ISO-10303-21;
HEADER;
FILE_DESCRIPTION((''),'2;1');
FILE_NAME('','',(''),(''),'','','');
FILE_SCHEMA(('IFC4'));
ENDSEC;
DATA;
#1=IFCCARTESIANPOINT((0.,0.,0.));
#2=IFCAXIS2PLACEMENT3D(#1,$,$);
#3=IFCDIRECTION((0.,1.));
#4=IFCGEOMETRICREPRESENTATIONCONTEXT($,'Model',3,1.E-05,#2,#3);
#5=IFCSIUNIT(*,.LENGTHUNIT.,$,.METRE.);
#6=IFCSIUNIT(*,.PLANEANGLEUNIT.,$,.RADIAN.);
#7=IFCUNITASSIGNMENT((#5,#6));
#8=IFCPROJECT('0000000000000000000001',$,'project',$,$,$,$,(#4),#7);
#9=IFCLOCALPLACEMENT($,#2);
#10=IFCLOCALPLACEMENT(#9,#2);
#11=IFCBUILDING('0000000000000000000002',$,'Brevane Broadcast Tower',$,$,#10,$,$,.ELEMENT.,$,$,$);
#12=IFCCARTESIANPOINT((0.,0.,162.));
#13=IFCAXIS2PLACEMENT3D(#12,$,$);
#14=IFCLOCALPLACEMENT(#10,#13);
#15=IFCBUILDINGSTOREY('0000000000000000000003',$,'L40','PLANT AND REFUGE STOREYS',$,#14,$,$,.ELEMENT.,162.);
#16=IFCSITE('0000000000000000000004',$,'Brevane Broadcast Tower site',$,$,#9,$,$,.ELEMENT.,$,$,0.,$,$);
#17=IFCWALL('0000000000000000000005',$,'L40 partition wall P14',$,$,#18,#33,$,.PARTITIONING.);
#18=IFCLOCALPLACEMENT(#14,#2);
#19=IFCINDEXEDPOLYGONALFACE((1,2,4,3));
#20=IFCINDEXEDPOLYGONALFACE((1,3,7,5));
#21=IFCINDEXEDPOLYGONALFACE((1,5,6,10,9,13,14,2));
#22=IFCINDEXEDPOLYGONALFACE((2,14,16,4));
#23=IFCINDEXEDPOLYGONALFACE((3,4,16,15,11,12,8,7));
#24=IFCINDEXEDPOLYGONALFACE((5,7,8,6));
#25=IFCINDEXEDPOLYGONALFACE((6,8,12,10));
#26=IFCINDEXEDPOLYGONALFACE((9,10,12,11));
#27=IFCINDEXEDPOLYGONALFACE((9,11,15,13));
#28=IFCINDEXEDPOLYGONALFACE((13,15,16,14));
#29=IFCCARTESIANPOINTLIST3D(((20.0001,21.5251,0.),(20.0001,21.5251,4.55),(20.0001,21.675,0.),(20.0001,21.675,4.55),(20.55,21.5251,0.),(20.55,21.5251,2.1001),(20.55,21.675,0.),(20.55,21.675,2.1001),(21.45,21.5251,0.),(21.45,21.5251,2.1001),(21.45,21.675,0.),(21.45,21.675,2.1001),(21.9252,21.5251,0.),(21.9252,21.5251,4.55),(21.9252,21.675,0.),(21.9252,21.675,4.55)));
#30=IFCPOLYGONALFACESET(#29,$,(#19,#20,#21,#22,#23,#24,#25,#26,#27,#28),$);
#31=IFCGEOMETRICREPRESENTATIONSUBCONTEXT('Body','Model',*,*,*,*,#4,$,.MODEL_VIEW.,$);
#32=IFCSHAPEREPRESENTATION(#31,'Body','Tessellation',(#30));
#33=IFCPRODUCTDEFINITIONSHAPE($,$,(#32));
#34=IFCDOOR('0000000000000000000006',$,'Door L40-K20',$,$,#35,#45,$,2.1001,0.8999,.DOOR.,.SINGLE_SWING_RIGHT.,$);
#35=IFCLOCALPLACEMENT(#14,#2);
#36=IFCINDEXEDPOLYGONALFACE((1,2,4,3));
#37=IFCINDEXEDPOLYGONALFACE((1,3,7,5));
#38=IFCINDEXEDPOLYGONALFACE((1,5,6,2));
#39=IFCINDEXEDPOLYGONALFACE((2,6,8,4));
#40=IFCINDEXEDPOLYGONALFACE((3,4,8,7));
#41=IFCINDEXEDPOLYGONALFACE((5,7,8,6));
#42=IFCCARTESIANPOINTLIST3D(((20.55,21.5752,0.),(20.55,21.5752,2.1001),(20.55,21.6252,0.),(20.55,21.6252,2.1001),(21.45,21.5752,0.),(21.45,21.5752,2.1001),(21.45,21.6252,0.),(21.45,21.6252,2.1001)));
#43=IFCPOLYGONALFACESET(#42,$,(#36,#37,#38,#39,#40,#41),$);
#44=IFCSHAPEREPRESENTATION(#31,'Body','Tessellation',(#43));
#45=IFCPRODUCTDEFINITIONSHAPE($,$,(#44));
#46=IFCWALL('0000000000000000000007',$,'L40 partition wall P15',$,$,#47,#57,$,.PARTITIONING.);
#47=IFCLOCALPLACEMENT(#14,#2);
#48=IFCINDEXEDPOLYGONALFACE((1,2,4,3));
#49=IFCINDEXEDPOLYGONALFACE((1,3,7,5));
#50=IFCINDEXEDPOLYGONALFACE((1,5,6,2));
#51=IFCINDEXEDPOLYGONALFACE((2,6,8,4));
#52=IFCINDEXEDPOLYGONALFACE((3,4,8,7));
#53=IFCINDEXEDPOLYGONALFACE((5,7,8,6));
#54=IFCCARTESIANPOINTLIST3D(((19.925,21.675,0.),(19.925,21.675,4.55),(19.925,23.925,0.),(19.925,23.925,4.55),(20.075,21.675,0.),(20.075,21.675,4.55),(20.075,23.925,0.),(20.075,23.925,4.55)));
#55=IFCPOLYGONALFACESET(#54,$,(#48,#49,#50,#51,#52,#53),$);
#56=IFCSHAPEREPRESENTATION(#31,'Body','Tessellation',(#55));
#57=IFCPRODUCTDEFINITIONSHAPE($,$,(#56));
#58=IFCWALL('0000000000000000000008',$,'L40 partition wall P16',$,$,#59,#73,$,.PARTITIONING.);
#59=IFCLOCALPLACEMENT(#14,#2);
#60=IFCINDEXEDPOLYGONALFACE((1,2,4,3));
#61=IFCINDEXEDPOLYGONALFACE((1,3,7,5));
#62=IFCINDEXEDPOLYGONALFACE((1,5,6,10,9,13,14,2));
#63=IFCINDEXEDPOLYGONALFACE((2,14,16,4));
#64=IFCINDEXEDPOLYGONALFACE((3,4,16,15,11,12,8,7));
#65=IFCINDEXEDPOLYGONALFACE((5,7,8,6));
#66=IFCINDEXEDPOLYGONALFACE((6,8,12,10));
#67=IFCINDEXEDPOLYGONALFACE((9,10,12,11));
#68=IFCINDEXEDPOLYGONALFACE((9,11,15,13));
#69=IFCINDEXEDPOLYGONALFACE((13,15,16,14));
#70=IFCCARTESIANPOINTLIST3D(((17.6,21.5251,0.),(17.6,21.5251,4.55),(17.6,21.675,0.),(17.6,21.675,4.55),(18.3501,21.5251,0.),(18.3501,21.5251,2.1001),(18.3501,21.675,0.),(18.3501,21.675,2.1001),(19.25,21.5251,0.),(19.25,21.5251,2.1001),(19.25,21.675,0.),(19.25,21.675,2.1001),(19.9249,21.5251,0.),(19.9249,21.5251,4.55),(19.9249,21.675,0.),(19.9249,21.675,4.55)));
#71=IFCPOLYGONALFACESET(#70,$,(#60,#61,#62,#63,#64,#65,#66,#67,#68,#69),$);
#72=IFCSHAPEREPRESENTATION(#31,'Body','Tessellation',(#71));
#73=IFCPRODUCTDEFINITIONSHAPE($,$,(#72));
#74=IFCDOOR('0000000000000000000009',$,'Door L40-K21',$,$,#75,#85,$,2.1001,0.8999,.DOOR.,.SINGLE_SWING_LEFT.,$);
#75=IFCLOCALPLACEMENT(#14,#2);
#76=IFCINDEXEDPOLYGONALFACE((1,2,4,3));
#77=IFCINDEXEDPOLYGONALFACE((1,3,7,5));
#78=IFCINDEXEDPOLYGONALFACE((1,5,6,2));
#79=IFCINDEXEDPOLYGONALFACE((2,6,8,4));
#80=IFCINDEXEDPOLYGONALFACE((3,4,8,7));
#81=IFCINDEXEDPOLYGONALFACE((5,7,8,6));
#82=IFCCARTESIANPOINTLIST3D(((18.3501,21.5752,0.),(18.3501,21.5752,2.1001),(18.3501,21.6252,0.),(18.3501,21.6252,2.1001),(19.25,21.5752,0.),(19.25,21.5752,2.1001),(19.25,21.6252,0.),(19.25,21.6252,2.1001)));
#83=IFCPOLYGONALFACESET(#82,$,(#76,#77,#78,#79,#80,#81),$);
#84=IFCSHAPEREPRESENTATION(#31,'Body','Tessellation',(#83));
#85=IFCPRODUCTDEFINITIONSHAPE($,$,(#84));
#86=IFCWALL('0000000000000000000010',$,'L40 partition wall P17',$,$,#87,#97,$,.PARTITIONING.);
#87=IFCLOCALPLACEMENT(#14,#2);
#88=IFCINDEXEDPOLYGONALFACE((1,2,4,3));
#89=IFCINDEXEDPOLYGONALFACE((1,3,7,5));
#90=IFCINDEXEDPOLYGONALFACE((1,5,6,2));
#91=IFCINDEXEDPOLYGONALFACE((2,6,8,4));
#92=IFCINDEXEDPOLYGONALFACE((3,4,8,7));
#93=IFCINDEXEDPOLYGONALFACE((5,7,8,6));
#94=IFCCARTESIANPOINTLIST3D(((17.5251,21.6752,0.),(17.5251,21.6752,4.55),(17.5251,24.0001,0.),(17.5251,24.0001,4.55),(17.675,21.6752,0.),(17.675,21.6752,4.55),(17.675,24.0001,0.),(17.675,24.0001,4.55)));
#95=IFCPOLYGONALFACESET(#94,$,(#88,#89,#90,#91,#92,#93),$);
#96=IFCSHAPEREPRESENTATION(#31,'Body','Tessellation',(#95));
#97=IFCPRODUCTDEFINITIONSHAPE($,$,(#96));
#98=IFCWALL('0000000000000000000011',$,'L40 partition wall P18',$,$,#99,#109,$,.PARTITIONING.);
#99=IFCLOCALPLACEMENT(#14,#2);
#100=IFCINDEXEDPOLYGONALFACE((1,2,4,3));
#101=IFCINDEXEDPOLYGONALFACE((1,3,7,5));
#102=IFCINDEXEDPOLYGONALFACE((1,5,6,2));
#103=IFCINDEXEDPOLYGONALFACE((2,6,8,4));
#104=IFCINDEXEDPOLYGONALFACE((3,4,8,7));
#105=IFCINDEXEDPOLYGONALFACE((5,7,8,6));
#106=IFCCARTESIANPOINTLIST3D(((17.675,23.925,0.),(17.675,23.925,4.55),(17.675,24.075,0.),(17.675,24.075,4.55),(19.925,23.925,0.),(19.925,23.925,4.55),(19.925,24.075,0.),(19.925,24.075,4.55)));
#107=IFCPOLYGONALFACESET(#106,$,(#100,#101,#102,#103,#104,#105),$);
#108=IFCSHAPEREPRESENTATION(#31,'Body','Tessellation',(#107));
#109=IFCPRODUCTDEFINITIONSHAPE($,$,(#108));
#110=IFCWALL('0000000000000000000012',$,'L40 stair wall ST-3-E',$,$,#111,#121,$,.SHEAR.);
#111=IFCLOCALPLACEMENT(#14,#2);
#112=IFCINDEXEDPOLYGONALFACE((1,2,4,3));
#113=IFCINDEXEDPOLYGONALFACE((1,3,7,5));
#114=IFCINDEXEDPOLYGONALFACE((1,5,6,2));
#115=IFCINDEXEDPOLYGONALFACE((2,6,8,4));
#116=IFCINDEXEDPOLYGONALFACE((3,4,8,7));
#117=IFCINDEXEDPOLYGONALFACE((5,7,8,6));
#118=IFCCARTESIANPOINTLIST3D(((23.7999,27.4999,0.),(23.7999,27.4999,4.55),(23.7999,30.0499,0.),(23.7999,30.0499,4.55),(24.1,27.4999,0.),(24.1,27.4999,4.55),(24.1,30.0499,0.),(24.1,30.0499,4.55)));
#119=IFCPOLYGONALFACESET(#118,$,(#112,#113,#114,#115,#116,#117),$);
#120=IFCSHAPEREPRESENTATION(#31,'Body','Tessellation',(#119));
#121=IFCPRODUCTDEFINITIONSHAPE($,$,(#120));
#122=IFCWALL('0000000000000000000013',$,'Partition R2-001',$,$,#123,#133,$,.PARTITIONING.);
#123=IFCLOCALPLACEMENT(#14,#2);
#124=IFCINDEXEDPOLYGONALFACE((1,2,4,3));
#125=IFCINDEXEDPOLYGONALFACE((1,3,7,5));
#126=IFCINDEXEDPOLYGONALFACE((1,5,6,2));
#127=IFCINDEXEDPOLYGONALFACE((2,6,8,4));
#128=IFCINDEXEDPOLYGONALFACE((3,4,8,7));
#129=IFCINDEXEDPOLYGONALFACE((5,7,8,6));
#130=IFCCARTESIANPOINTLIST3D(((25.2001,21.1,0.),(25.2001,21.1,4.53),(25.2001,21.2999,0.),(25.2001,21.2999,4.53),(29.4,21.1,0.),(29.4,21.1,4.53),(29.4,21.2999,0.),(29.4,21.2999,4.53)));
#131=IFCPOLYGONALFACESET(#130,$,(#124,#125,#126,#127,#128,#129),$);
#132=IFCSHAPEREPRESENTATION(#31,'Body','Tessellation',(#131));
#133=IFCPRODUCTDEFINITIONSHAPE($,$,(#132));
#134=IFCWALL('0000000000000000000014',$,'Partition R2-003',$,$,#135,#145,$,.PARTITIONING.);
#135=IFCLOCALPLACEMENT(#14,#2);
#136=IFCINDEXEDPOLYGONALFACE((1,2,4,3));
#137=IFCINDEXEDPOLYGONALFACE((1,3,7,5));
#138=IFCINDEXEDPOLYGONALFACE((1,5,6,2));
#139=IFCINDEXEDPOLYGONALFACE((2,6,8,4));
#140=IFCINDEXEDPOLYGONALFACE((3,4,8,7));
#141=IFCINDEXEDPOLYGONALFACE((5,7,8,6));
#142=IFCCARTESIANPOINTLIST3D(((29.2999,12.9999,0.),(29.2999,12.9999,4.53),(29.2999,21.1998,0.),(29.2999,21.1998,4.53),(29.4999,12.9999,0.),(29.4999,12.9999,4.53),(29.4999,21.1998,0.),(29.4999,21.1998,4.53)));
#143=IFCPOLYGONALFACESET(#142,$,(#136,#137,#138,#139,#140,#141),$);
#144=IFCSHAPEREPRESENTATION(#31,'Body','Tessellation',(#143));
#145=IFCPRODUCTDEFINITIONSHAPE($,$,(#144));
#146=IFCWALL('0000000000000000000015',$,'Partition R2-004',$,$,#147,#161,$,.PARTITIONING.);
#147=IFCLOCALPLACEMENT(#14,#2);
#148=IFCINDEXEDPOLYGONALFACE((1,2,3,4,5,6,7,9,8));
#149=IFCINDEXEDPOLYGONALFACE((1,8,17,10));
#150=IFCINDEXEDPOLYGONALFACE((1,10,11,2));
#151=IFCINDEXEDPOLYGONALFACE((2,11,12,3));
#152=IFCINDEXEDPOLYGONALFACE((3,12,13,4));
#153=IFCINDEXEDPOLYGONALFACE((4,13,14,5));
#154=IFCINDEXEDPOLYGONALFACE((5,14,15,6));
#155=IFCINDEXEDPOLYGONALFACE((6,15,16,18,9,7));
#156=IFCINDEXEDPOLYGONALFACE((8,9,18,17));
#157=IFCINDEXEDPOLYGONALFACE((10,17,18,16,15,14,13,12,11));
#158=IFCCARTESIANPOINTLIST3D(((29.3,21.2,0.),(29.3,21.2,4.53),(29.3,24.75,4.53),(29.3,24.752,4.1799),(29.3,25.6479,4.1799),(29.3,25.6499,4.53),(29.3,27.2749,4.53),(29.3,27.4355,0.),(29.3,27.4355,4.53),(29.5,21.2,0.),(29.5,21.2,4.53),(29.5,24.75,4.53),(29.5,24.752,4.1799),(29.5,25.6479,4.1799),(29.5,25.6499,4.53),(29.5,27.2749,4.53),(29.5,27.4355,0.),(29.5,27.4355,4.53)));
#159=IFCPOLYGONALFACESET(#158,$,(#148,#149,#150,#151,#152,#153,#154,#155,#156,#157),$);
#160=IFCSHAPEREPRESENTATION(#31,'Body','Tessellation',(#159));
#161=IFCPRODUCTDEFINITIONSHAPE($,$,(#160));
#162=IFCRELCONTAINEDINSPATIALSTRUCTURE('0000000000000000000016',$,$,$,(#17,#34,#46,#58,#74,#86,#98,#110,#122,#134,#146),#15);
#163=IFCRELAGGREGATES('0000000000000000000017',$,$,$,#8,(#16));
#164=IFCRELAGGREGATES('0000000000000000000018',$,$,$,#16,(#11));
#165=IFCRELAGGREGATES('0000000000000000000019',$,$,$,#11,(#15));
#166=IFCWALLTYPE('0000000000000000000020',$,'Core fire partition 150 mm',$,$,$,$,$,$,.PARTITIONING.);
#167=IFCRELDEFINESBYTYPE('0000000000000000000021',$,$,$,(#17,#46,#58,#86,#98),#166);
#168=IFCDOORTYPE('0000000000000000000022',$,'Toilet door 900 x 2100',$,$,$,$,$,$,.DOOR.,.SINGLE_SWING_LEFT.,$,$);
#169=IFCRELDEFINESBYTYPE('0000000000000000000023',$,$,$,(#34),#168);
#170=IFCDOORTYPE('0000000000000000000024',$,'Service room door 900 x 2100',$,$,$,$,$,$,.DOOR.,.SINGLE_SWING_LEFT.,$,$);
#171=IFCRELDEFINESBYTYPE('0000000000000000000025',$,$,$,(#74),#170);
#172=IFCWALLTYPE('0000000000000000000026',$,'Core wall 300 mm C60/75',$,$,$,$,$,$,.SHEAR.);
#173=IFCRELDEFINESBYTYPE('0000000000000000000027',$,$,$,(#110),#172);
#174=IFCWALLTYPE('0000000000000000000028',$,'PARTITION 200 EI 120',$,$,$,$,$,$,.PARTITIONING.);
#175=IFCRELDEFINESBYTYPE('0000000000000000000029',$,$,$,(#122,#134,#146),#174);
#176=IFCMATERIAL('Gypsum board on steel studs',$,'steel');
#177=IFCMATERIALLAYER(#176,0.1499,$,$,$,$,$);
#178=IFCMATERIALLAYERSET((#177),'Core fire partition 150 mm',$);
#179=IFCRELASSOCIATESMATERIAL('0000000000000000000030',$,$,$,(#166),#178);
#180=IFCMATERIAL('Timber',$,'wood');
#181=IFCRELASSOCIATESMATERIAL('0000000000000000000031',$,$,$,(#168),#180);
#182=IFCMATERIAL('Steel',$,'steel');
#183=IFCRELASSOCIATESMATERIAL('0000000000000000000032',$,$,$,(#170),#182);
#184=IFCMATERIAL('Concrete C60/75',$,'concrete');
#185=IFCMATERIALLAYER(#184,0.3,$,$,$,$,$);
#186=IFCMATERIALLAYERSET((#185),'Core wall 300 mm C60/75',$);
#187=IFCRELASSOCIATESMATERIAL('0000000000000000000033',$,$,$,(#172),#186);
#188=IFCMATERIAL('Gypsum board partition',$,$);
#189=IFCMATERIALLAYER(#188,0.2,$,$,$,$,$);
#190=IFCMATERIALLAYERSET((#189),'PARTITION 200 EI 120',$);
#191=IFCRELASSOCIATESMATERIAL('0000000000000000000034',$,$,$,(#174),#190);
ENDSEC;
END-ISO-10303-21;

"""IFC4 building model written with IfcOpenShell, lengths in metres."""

from ifc_helpers import new_model, si_unit, direction, frame, frame_2d, origin, place, context, subcontext, project, spatial, polyline, rectangle, outline, extrude, material, layer, layer_set, type_object, element, fill, save


model = new_model("IFC4")

# Units and contexts
model_context = context("Model", 3, precision=1e-05, world=origin(), true_north=direction((0.0, 1.0)))
body_context = subcontext(model_context, "Body", "Model", "MODEL_VIEW")
ifc_project = project(units=[si_unit("LENGTHUNIT", "METRE"), si_unit("PLANEANGLEUNIT", "RADIAN")], contexts=[model_context])

# Site, building, storey
site_placement = place(None, origin())
site = spatial("IfcSite", under=ifc_project, at=site_placement, Name="Brevane Broadcast Tower site", CompositionType="ELEMENT", RefElevation=0.0)
building_placement = place(site_placement, origin())
building = spatial("IfcBuilding", under=site, at=building_placement, Name="Brevane Broadcast Tower", CompositionType="ELEMENT")
storey_placement = place(building_placement, frame((0.0, 0.0, 162.0)))
storey = spatial("IfcBuildingStorey", under=building, at=storey_placement, Name="L40", Description="PLANT AND REFUGE STOREYS", CompositionType="ELEMENT", Elevation=162.0)

# Shared definitions
ifc_material_1 = material(Name="Concrete C60/75", Category="concrete")

# Shared definitions
ifc_material_2 = material(Name="Gypsum board on steel studs", Category="steel")
ifc_layer_1 = layer(ifc_material_2, 0.1499)
ifc_layer_set_1 = layer_set([ifc_layer_1], Name="Core fire partition 150 mm")
wall_type_1 = type_object("IfcWallType", Name="Core fire partition 150 mm", PredefinedType="PARTITIONING", material=ifc_layer_set_1)

# Wall, opening, door
wall_1_placement = place(storey_placement, frame((21.925, 21.6001, 0.0), z_axis=(0.0, 0.0, 1.0), x_axis=(-1.0, 0.0, 0.0)))
wall_1 = element("IfcWall", 1, at=wall_1_placement, inside=storey, type_object=wall_type_1, Name="L40 partition wall P14", PredefinedType="PARTITIONING", context=body_context, shape_type="SweptSolid", body=[
    extrude(rectangle(XDim=1.925, YDim=0.1499, at=frame_2d((0.9624, 0.0))), origin(), (0.0, 0.0, 1.0), 4.55),
])
opening_1_placement = place(wall_1_placement, frame((0.4751, 0.0, 0.0)))
opening_1 = element("IfcOpeningElement", 2, at=opening_1_placement, cuts=wall_1, PredefinedType="OPENING", context=body_context, shape_type="SweptSolid", body=[
    extrude(rectangle(XDim=0.8999, YDim=2.1001, at=frame_2d((0.45, 1.05))), frame((0.0, 0.085, 0.0), z_axis=(0.0, -1.0, 0.0), x_axis=(1.0, 0.0, 0.0)), (0.0, 0.0, 1.0), 0.1699),
])
ifc_material_3 = material(Name="Timber", Category="wood")
door_type_1 = type_object("IfcDoorType", Name="Toilet door 900 x 2100", OperationType="SINGLE_SWING_LEFT", PredefinedType="DOOR", material=ifc_material_3)
door_1_placement = place(opening_1_placement, origin())
door_1 = element("IfcDoor", 3, at=door_1_placement, inside=storey, type_object=door_type_1, Name="Door L40-K20", OperationType="SINGLE_SWING_RIGHT", OverallHeight=2.1001, OverallWidth=0.8999, PredefinedType="DOOR", context=body_context, shape_type="SweptSolid", body=[
    extrude(rectangle(XDim=0.8999, YDim=2.1001, at=frame_2d((0.45, 1.05))), frame((0.0, 0.0249, 0.0), z_axis=(0.0, -1.0, 0.0), x_axis=(1.0, 0.0, 0.0)), (0.0, 0.0, 1.0), 0.05),
])
fill(opening_1, door_1)

# Wall
wall_2_placement = place(storey_placement, frame((20.0, 21.675, 0.0), z_axis=(0.0, 0.0, 1.0), x_axis=(0.0, 1.0, 0.0)))
element("IfcWall", 4, at=wall_2_placement, inside=storey, type_object=wall_type_1, Name="L40 partition wall P15", PredefinedType="PARTITIONING", context=body_context, shape_type="SweptSolid", body=[
    extrude(rectangle(XDim=2.25, YDim=0.1499, at=frame_2d((1.125, 0.0))), origin(), (0.0, 0.0, 1.0), 4.55),
])

# Wall, opening, door
wall_3_placement = place(storey_placement, frame((19.925, 21.6001, 0.0), z_axis=(0.0, 0.0, 1.0), x_axis=(-1.0, 0.0, 0.0)))
wall_3 = element("IfcWall", 5, at=wall_3_placement, inside=storey, type_object=wall_type_1, Name="L40 partition wall P16", PredefinedType="PARTITIONING", context=body_context, shape_type="SweptSolid", body=[
    extrude(rectangle(XDim=2.325, YDim=0.1499, at=frame_2d((1.1626, 0.0))), origin(), (0.0, 0.0, 1.0), 4.55),
])
opening_2_placement = place(wall_3_placement, frame((0.675, 0.0, 0.0)))
opening_2 = element("IfcOpeningElement", 6, at=opening_2_placement, cuts=wall_3, PredefinedType="OPENING", context=body_context, shape_type="SweptSolid", body=[
    extrude(rectangle(XDim=0.8999, YDim=2.1001, at=frame_2d((0.45, 1.05))), frame((0.0, 0.085, 0.0), z_axis=(0.0, -1.0, 0.0), x_axis=(1.0, 0.0, 0.0)), (0.0, 0.0, 1.0), 0.1699),
])
ifc_material_4 = material(Name="Steel", Category="steel")
door_type_2 = type_object("IfcDoorType", Name="Service room door 900 x 2100", OperationType="SINGLE_SWING_LEFT", PredefinedType="DOOR", material=ifc_material_4)
door_2_placement = place(opening_2_placement, origin())
door_2 = element("IfcDoor", 7, at=door_2_placement, inside=storey, type_object=door_type_2, Name="Door L40-K21", OperationType="SINGLE_SWING_LEFT", OverallHeight=2.1001, OverallWidth=0.8999, PredefinedType="DOOR", context=body_context, shape_type="SweptSolid", body=[
    extrude(rectangle(XDim=0.8999, YDim=2.1001, at=frame_2d((0.45, 1.05))), frame((0.0, 0.0249, 0.0), z_axis=(0.0, -1.0, 0.0), x_axis=(1.0, 0.0, 0.0)), (0.0, 0.0, 1.0), 0.05),
])
fill(opening_2, door_2)

# Walls
wall_4_placement = place(storey_placement, frame((17.6001, 21.675, 0.0), z_axis=(0.0, 0.0, 1.0), x_axis=(0.0, 1.0, 0.0)))
element("IfcWall", 8, at=wall_4_placement, inside=storey, type_object=wall_type_1, Name="L40 partition wall P17", PredefinedType="PARTITIONING", context=body_context, shape_type="SweptSolid", body=[
    extrude(rectangle(XDim=2.325, YDim=0.1499, at=frame_2d((1.1626, 0.0))), origin(), (0.0, 0.0, 1.0), 4.55),
])
wall_5_placement = place(storey_placement, frame((17.675, 24.0, 0.0), z_axis=(0.0, 0.0, 1.0), x_axis=(1.0, 0.0, 0.0)))
element("IfcWall", 9, at=wall_5_placement, inside=storey, type_object=wall_type_1, Name="L40 partition wall P18", PredefinedType="PARTITIONING", context=body_context, shape_type="SweptSolid", body=[
    extrude(rectangle(XDim=2.25, YDim=0.1499, at=frame_2d((1.125, 0.0))), origin(), (0.0, 0.0, 1.0), 4.55),
])
ifc_layer_2 = layer(ifc_material_1, 0.3)
ifc_layer_set_2 = layer_set([ifc_layer_2], Name="Core wall 300 mm C60/75")
wall_type_2 = type_object("IfcWallType", Name="Core wall 300 mm C60/75", PredefinedType="SHEAR", material=ifc_layer_set_2)
wall_6_placement = place(storey_placement, frame((23.95, 27.5, 0.0), z_axis=(0.0, 0.0, 1.0), x_axis=(0.0, 1.0, 0.0)))
element("IfcWall", 10, at=wall_6_placement, inside=storey, type_object=wall_type_2, Name="L40 stair wall ST-3-E", PredefinedType="SHEAR", context=body_context, shape_type="SweptSolid", body=[
    extrude(rectangle(XDim=2.55, YDim=0.3, at=frame_2d((1.2749, 0.0))), origin(), (0.0, 0.0, 1.0), 4.55),
])
ifc_material_5 = material(Name="Gypsum board partition")
ifc_layer_3 = layer(ifc_material_5, 0.2)
ifc_layer_set_3 = layer_set([ifc_layer_3], Name="PARTITION 200 EI 120")
wall_type_3 = type_object("IfcWallType", Name="PARTITION 200 EI 120", PredefinedType="PARTITIONING", material=ifc_layer_set_3)
wall_7_placement = place(storey_placement, frame((25.2, 21.2, 0.0), z_axis=(0.0, 0.0, 1.0), x_axis=(1.0, 0.0, 0.0)))
element("IfcWall", 11, at=wall_7_placement, inside=storey, type_object=wall_type_3, Name="Partition R2-001", PredefinedType="PARTITIONING", context=body_context, shape_type="SweptSolid", body=[
    extrude(rectangle(XDim=4.2, YDim=0.2, at=frame_2d((2.1001, 0.0))), origin(), (0.0, 0.0, 1.0), 4.53),
])
wall_8_placement = place(storey_placement, frame((29.3999, 21.2, 0.0), z_axis=(0.0, 0.0, 1.0), x_axis=(0.0, -1.0, 0.0)))
element("IfcWall", 12, at=wall_8_placement, inside=storey, type_object=wall_type_3, Name="Partition R2-003", PredefinedType="PARTITIONING", context=body_context, shape_type="SweptSolid", body=[
    extrude(rectangle(XDim=8.2, YDim=0.2, at=frame_2d((4.1001, 0.0))), origin(), (0.0, 0.0, 1.0), 4.53),
])
wall_9_placement = place(storey_placement, frame((29.3999, 27.4355, 0.0), z_axis=(0.0, 0.0, 1.0), x_axis=(0.0, -1.0, 0.0)))
element("IfcWall", 13, at=wall_9_placement, inside=storey, type_object=wall_type_3, Name="Partition R2-004", PredefinedType="PARTITIONING", context=body_context, shape_type="SweptSolid", body=[
    extrude(outline(polyline([(0.0, 0.0), (6.2356, 0.0), (6.2356, 4.53), (2.6855, 4.53), (2.6836, 4.1799), (1.7876, 4.1799), (1.7856, 4.53), (0.1606, 4.53), (0.0, 4.53), (0.0, 0.0)])), frame((0.0, 0.1001, 0.0), z_axis=(0.0, -1.0, 0.0), x_axis=(1.0, 0.0, 0.0)), (0.0, 0.0, 1.0), 0.2),
])

save(model, "model.ifc")
